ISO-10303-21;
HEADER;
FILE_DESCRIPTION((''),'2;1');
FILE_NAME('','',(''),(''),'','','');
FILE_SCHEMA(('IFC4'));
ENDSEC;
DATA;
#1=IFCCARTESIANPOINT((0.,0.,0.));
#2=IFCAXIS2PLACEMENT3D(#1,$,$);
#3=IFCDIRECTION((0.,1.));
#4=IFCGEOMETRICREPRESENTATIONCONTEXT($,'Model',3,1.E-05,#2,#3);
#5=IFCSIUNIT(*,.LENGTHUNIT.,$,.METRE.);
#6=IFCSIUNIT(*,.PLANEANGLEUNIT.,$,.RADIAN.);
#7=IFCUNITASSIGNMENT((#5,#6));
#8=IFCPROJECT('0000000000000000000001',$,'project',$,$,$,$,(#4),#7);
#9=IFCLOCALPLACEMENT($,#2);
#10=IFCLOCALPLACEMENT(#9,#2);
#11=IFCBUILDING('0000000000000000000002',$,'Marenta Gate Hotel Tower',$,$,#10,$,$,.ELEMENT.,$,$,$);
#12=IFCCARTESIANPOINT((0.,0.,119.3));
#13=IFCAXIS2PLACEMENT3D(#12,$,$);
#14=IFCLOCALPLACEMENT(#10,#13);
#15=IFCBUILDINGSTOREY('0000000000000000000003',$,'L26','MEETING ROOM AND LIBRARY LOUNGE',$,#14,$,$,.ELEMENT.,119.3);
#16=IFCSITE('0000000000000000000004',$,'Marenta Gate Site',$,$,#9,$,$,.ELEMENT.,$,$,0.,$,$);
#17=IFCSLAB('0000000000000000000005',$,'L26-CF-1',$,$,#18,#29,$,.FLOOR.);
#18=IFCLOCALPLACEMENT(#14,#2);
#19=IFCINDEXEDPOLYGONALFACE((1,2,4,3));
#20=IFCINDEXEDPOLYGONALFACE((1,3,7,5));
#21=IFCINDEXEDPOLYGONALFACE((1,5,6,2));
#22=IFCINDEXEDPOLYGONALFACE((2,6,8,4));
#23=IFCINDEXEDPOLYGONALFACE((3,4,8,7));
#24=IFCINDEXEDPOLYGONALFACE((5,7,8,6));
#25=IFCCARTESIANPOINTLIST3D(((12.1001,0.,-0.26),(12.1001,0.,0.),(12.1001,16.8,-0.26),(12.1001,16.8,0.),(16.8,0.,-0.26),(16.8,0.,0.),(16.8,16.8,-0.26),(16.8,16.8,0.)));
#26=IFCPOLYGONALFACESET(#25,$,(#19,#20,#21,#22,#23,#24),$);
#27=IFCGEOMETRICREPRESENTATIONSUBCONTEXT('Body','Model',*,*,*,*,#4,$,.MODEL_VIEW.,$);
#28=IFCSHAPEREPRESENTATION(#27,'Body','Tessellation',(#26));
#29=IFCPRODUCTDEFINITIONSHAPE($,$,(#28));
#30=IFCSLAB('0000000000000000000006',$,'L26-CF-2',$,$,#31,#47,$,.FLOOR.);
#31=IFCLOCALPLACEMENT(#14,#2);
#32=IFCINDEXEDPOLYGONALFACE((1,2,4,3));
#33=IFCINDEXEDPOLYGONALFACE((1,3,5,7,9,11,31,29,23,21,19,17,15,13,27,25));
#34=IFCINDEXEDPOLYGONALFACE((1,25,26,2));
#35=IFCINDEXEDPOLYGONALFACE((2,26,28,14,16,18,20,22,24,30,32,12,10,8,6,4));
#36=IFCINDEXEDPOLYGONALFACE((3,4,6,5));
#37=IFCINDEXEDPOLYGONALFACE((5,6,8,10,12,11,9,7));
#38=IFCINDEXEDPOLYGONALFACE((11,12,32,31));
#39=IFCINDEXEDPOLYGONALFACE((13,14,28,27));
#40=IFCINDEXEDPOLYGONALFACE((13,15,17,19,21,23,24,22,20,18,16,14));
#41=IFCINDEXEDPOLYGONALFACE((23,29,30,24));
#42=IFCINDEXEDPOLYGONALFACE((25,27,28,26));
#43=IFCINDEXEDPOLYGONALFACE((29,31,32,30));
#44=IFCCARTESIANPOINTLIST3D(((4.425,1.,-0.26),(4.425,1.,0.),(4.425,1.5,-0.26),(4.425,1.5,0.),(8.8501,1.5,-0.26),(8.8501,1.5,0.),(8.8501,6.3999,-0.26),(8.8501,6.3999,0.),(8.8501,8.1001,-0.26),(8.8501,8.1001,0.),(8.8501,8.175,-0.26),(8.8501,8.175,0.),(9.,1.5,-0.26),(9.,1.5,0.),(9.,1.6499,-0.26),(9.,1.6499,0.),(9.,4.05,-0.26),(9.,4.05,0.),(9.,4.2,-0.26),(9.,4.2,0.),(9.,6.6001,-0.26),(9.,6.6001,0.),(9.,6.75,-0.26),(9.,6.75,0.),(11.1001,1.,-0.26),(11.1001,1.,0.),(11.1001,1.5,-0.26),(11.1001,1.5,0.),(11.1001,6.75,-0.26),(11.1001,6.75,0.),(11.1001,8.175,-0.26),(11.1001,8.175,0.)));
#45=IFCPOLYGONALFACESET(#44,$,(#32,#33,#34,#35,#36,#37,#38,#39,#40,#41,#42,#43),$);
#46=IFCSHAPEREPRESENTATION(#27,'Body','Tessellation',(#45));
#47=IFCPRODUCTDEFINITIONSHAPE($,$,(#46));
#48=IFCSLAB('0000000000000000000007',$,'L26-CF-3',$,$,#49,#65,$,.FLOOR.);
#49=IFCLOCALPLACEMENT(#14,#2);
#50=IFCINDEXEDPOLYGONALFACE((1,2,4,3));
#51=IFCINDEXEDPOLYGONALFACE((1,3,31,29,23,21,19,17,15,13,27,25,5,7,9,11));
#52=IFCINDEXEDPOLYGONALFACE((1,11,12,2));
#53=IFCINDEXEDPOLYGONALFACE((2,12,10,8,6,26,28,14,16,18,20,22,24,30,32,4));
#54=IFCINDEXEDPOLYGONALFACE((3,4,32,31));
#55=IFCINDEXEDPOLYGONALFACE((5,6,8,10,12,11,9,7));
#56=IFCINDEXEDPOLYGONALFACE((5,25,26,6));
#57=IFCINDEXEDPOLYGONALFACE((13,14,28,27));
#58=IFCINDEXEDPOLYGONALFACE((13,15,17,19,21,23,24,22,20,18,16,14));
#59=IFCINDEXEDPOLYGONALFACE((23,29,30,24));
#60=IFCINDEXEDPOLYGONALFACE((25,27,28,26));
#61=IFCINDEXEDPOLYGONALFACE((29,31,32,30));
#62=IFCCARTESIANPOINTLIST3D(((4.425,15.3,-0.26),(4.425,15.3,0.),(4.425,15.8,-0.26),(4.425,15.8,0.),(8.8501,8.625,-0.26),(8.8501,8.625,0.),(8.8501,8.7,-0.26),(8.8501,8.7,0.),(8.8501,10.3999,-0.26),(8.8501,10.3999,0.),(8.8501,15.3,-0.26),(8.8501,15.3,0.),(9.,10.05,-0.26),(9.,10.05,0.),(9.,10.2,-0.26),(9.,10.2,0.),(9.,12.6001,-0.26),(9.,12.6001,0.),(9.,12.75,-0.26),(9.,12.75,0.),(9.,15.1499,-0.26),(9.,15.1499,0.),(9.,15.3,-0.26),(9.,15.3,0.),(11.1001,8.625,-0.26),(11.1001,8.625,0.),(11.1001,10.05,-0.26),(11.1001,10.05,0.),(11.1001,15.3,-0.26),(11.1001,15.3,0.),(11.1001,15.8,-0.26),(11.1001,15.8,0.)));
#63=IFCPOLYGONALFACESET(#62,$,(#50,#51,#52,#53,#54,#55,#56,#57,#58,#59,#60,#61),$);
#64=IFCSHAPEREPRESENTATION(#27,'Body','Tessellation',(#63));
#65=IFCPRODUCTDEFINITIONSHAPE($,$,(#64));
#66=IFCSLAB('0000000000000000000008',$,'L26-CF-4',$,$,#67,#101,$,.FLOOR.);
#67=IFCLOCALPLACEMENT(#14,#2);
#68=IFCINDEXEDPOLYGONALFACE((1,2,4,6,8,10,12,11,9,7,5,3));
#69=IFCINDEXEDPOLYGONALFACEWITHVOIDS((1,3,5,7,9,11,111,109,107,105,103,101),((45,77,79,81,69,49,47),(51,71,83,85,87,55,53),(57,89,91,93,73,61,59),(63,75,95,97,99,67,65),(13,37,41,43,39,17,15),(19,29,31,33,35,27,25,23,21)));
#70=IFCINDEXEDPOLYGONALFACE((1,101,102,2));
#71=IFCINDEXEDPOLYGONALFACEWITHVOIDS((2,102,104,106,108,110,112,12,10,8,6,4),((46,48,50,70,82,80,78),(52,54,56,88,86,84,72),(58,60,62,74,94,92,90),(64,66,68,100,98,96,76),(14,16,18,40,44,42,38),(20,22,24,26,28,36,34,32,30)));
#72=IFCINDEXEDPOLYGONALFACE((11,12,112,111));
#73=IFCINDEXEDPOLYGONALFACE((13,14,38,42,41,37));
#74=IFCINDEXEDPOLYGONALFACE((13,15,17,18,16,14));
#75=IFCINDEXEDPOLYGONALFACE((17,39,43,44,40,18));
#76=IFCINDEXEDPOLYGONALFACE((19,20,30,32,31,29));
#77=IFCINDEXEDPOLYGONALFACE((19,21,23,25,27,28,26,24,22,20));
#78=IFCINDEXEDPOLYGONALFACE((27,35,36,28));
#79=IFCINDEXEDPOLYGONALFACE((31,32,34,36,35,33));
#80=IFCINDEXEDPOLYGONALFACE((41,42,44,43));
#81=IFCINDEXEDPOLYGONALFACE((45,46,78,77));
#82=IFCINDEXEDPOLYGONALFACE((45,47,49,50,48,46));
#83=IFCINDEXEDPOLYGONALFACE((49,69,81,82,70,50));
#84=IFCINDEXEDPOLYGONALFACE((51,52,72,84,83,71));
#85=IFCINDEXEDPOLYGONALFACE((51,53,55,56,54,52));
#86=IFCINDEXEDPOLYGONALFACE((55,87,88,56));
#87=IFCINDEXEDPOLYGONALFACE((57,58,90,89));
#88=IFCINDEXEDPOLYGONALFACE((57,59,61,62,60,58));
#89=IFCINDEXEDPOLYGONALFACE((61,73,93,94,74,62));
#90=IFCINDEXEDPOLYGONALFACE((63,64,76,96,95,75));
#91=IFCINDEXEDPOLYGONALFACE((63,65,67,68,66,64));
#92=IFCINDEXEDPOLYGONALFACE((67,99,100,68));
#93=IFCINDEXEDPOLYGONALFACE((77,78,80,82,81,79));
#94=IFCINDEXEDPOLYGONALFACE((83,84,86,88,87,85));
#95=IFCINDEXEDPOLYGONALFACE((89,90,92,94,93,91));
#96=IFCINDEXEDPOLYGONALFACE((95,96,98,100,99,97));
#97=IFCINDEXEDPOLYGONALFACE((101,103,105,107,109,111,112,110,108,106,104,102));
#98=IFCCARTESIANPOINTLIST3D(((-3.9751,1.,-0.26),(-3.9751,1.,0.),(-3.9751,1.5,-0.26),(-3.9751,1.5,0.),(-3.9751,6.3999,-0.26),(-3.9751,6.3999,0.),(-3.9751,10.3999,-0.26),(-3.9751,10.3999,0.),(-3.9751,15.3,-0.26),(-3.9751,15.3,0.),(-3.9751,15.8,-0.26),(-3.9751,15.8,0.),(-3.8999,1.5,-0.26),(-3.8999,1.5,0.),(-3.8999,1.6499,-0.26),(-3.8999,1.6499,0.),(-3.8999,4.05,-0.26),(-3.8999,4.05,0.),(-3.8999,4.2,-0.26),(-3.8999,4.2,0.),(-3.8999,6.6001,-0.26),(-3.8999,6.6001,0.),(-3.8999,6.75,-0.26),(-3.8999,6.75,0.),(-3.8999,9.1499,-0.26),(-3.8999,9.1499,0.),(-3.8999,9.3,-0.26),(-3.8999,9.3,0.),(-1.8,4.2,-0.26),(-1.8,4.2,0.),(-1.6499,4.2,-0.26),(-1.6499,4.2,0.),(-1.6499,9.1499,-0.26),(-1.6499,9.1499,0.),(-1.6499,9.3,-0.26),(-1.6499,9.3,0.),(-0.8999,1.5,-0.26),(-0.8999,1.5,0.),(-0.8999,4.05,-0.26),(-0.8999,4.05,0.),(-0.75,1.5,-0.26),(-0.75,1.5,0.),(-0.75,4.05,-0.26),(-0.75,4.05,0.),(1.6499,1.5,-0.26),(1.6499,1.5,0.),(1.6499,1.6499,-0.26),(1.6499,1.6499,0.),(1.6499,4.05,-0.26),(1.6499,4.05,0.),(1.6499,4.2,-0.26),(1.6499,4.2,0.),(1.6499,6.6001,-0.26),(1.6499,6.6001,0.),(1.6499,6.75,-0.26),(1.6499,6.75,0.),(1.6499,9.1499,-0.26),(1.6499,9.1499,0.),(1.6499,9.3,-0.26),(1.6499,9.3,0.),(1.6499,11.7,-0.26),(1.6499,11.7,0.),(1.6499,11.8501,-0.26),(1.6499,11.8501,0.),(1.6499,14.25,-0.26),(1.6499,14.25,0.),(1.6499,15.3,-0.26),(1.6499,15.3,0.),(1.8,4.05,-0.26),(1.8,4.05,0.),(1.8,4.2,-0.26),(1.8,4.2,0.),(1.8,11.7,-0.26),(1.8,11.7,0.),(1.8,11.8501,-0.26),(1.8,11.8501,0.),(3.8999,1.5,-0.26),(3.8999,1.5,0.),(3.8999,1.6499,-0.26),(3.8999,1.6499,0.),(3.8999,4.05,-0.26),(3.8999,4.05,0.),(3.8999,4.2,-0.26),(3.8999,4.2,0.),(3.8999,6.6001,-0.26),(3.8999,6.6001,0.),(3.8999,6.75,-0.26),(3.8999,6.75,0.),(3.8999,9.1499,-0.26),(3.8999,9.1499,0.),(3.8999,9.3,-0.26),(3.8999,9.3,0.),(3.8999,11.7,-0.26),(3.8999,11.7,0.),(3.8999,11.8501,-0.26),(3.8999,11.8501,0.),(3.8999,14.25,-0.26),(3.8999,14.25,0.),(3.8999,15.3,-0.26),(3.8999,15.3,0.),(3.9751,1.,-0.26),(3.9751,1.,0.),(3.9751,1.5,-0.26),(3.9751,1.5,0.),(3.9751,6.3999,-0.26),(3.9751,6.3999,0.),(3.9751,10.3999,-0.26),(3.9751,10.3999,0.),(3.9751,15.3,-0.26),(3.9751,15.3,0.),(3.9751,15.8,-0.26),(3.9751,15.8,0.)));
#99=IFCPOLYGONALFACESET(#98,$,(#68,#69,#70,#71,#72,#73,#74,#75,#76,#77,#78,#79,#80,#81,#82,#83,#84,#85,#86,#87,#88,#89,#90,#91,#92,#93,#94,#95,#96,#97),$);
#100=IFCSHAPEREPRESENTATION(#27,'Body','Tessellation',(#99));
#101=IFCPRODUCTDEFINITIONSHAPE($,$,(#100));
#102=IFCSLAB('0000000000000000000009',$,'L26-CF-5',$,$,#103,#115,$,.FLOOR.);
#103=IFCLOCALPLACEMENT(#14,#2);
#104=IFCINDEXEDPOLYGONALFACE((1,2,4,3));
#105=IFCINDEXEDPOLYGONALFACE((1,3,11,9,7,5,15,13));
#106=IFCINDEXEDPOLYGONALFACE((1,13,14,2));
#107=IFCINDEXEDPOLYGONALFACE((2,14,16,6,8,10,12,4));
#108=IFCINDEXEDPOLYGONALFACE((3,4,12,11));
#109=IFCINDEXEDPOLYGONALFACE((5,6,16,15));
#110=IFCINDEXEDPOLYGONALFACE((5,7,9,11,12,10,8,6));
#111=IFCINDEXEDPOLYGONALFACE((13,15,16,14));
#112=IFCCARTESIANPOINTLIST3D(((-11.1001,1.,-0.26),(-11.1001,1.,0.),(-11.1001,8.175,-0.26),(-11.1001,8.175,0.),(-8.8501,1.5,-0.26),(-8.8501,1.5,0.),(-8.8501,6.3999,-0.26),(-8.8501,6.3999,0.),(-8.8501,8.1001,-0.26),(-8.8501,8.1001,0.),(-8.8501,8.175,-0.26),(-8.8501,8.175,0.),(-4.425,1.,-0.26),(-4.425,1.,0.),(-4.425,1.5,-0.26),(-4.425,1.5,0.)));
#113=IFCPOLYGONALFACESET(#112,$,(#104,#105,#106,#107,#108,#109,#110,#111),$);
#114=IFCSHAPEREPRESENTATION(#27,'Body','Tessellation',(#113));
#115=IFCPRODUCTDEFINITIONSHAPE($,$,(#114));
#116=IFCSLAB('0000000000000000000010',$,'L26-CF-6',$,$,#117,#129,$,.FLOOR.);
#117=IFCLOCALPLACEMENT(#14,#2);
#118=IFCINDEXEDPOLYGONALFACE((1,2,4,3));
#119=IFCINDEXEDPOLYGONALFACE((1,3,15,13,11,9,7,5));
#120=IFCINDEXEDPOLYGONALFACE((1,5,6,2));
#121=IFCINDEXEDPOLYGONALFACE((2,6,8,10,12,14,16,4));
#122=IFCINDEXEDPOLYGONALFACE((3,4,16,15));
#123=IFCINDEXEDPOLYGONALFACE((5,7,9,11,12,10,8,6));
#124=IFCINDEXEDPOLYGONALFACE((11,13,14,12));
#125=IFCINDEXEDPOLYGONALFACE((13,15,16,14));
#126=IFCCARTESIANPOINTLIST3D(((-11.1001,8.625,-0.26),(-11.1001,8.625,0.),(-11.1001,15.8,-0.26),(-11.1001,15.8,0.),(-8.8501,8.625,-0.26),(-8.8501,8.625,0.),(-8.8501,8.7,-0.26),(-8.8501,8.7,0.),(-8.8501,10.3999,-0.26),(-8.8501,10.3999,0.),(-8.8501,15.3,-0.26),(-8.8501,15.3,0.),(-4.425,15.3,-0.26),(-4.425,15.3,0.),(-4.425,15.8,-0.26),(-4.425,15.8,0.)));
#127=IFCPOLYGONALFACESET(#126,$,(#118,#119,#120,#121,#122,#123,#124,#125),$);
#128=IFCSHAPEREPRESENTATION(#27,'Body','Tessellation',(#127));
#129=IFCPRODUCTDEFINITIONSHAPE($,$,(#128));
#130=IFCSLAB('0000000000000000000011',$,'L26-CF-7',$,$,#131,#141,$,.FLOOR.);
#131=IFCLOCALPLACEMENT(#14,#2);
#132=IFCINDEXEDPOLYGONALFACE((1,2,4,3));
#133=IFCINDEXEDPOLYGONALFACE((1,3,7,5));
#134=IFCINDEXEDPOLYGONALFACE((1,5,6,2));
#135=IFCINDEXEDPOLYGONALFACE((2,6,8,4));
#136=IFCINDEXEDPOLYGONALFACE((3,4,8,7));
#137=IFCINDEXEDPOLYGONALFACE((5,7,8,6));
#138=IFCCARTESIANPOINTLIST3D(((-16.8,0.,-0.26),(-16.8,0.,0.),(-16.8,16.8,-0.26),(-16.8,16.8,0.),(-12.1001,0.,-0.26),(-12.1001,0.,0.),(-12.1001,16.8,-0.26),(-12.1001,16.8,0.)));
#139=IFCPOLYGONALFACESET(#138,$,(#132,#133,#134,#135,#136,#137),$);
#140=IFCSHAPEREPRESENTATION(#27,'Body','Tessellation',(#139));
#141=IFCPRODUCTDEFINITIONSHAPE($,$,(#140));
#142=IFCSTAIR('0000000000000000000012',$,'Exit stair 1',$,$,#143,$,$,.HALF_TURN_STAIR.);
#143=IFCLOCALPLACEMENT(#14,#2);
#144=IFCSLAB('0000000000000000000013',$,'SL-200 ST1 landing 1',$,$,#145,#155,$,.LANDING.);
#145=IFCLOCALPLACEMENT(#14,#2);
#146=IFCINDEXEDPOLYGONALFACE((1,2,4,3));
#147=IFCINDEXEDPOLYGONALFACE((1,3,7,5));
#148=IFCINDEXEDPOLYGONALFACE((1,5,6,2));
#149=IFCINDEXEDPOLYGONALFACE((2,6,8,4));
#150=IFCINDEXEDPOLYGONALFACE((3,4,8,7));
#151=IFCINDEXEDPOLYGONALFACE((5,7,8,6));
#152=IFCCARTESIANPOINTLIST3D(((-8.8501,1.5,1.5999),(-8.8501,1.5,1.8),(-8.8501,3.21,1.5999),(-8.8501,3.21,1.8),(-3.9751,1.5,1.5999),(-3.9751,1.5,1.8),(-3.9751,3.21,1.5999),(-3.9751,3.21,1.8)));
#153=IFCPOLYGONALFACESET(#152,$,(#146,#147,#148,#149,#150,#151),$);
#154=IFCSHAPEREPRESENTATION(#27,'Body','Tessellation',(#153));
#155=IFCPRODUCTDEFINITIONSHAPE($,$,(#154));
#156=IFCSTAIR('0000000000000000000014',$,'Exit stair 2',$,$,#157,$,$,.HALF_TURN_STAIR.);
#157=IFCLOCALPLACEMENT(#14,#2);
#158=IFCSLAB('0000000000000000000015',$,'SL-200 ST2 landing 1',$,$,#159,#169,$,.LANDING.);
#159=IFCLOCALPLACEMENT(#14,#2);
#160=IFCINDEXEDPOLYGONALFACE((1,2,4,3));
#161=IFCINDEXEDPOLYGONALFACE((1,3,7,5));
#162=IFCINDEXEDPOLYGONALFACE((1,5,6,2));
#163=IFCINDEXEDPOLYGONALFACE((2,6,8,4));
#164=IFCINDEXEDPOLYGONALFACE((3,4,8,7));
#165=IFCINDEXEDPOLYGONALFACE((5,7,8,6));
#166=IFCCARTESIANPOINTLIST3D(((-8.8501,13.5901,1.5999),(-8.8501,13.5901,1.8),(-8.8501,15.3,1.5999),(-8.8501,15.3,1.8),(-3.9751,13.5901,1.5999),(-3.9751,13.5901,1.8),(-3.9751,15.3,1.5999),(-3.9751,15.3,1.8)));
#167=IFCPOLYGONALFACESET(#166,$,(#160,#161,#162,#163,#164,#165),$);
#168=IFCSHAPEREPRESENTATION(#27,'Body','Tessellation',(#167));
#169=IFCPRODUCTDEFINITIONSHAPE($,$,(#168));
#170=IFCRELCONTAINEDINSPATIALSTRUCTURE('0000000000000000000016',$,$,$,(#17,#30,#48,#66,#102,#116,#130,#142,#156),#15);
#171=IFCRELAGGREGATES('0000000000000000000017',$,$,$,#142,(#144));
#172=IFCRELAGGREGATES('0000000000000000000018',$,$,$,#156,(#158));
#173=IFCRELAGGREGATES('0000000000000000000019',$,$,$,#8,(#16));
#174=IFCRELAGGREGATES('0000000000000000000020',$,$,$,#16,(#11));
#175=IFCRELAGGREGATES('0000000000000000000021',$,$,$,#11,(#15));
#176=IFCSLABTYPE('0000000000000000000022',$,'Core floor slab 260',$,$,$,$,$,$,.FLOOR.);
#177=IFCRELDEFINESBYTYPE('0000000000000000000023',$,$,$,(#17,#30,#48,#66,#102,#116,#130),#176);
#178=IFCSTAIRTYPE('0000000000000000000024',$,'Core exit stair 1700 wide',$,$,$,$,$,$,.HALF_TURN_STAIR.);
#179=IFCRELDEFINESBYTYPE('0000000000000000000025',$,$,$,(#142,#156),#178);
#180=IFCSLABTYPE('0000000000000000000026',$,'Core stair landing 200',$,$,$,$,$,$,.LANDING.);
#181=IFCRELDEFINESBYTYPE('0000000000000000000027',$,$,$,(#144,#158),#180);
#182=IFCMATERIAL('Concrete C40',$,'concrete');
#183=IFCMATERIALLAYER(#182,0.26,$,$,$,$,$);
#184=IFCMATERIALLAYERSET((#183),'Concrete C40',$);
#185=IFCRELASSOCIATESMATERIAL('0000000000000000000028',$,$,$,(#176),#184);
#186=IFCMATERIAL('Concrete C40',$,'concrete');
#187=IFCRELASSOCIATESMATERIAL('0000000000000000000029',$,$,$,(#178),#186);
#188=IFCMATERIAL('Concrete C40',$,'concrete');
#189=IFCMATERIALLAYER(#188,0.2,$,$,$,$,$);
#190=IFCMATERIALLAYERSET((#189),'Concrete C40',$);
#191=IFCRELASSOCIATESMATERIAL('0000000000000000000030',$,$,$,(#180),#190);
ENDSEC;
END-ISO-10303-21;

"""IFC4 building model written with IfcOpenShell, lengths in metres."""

from ifc_helpers import new_model, si_unit, direction, frame, origin, place, context, subcontext, project, spatial, polyline, outline, extrude, material, layer, layer_set, type_object, element, aggregate, save


model = new_model("IFC4")

# Units and contexts
model_context = context("Model", 3, precision=1e-05, world=origin(), true_north=direction((0.0, 1.0)))
body_context = subcontext(model_context, "Body", "Model", "MODEL_VIEW")
ifc_project = project(units=[si_unit("LENGTHUNIT", "METRE"), si_unit("PLANEANGLEUNIT", "RADIAN")], contexts=[model_context])

# Site, building, storey
site_placement = place(None, origin())
site = spatial("IfcSite", under=ifc_project, at=site_placement, Name="Marenta Gate Site", CompositionType="ELEMENT", RefElevation=0.0)
building_placement = place(site_placement, origin())
building = spatial("IfcBuilding", under=site, at=building_placement, Name="Marenta Gate Hotel Tower", CompositionType="ELEMENT")
storey_placement = place(building_placement, frame((0.0, 0.0, 119.3)))
storey = spatial("IfcBuildingStorey", under=building, at=storey_placement, Name="L26", Description="MEETING ROOM AND LIBRARY LOUNGE", CompositionType="ELEMENT", Elevation=119.3)

# Slabs
ifc_material_1 = material(Name="Concrete C40", Category="concrete")
ifc_layer_1 = layer(ifc_material_1, 0.26)
ifc_layer_set_1 = layer_set([ifc_layer_1], Name="Concrete C40")
slab_type_1 = type_object("IfcSlabType", Name="Core floor slab 260", PredefinedType="FLOOR", material=ifc_layer_set_1)
slab_1_placement = place(storey_placement, frame((0.0, 0.0, -0.26)))
element("IfcSlab", 1, at=slab_1_placement, inside=storey, type_object=slab_type_1, Name="L26-CF-1", PredefinedType="FLOOR", context=body_context, shape_type="SweptSolid", body=[
    extrude(outline(polyline([(12.1001, 0.0), (12.1001, 16.8), (16.8, 16.8), (16.8, 0.0), (12.1001, 0.0)])), origin(), (0.0, 0.0, 1.0), 0.26),
])
slab_2_placement = place(storey_placement, frame((0.0, 0.0, -0.26)))
element("IfcSlab", 2, at=slab_2_placement, inside=storey, type_object=slab_type_1, Name="L26-CF-2", PredefinedType="FLOOR", context=body_context, shape_type="SweptSolid", body=[
    extrude(outline(polyline([(8.8501, 1.5), (8.8501, 6.3999), (8.8501, 8.1001), (8.8501, 8.175), (11.1001, 8.175), (11.1001, 6.75), (9.0, 6.75), (9.0, 6.6001), (9.0, 4.2), (9.0, 4.05), (9.0, 1.6499), (9.0, 1.5), (11.1001, 1.5), (11.1001, 1.0), (4.425, 1.0), (4.425, 1.5), (8.8501, 1.5)])), origin(), (0.0, 0.0, 1.0), 0.26),
])
slab_3_placement = place(storey_placement, frame((0.0, 0.0, -0.26)))
element("IfcSlab", 3, at=slab_3_placement, inside=storey, type_object=slab_type_1, Name="L26-CF-3", PredefinedType="FLOOR", context=body_context, shape_type="SweptSolid", body=[
    extrude(outline(polyline([(8.8501, 15.3), (4.425, 15.3), (4.425, 15.8), (11.1001, 15.8), (11.1001, 15.3), (9.0, 15.3), (9.0, 15.1499), (9.0, 12.75), (9.0, 12.6001), (9.0, 10.2), (9.0, 10.05), (11.1001, 10.05), (11.1001, 8.625), (8.8501, 8.625), (8.8501, 8.7), (8.8501, 10.3999), (8.8501, 15.3)])), origin(), (0.0, 0.0, 1.0), 0.26),
])
slab_4_placement = place(storey_placement, frame((0.0, 0.0, -0.26)))
element("IfcSlab", 4, at=slab_4_placement, inside=storey, type_object=slab_type_1, Name="L26-CF-4", PredefinedType="FLOOR", context=body_context, shape_type="SweptSolid", body=[
    extrude(outline(polyline([(3.9751, 15.3), (3.9751, 10.3999), (3.9751, 6.3999), (3.9751, 1.5), (3.9751, 1.0), (-3.9751, 1.0), (-3.9751, 1.5), (-3.9751, 6.3999), (-3.9751, 10.3999), (-3.9751, 15.3), (-3.9751, 15.8), (3.9751, 15.8), (3.9751, 15.3)]), holes=[polyline([(1.6499, 1.5), (3.8999, 1.5), (3.8999, 1.6499), (3.8999, 4.05), (1.8, 4.05), (1.6499, 4.05), (1.6499, 1.6499), (1.6499, 1.5)]), polyline([(1.6499, 6.6001), (1.6499, 4.2), (1.8, 4.2), (3.8999, 4.2), (3.8999, 6.6001), (3.8999, 6.75), (1.6499, 6.75), (1.6499, 6.6001)]), polyline([(1.6499, 9.1499), (3.8999, 9.1499), (3.8999, 9.3), (3.8999, 11.7), (1.8, 11.7), (1.6499, 11.7), (1.6499, 9.3), (1.6499, 9.1499)]), polyline([(1.6499, 15.3), (1.6499, 14.25), (1.6499, 11.8501), (1.8, 11.8501), (3.8999, 11.8501), (3.8999, 14.25), (3.8999, 15.3), (1.6499, 15.3)]), polyline([(-3.8999, 4.05), (-3.8999, 1.6499), (-3.8999, 1.5), (-0.8999, 1.5), (-0.75, 1.5), (-0.75, 4.05), (-0.8999, 4.05), (-3.8999, 4.05)]), polyline([(-1.8, 4.2), (-1.6499, 4.2), (-1.6499, 9.1499), (-1.6499, 9.3), (-3.8999, 9.3), (-3.8999, 9.1499), (-3.8999, 6.75), (-3.8999, 6.6001), (-3.8999, 4.2), (-1.8, 4.2)])]), origin(), (0.0, 0.0, 1.0), 0.26),
])
slab_5_placement = place(storey_placement, frame((0.0, 0.0, -0.26)))
element("IfcSlab", 5, at=slab_5_placement, inside=storey, type_object=slab_type_1, Name="L26-CF-5", PredefinedType="FLOOR", context=body_context, shape_type="SweptSolid", body=[
    extrude(outline(polyline([(-8.8501, 8.175), (-8.8501, 8.1001), (-8.8501, 6.3999), (-8.8501, 1.5), (-4.425, 1.5), (-4.425, 1.0), (-11.1001, 1.0), (-11.1001, 8.175), (-8.8501, 8.175)])), origin(), (0.0, 0.0, 1.0), 0.26),
])
slab_6_placement = place(storey_placement, frame((0.0, 0.0, -0.26)))
element("IfcSlab", 6, at=slab_6_placement, inside=storey, type_object=slab_type_1, Name="L26-CF-6", PredefinedType="FLOOR", context=body_context, shape_type="SweptSolid", body=[
    extrude(outline(polyline([(-4.425, 15.3), (-8.8501, 15.3), (-8.8501, 10.3999), (-8.8501, 8.7), (-8.8501, 8.625), (-11.1001, 8.625), (-11.1001, 15.8), (-4.425, 15.8), (-4.425, 15.3)])), origin(), (0.0, 0.0, 1.0), 0.26),
])
slab_7_placement = place(storey_placement, frame((0.0, 0.0, -0.26)))
element("IfcSlab", 7, at=slab_7_placement, inside=storey, type_object=slab_type_1, Name="L26-CF-7", PredefinedType="FLOOR", context=body_context, shape_type="SweptSolid", body=[
    extrude(outline(polyline([(-12.1001, 16.8), (-12.1001, 0.0), (-16.8, 0.0), (-16.8, 16.8), (-12.1001, 16.8)])), origin(), (0.0, 0.0, 1.0), 0.26),
])

# Stairs, slabs
ifc_material_2 = material(Name="Concrete C40", Category="concrete")
stair_type_1 = type_object("IfcStairType", Name="Core exit stair 1700 wide", PredefinedType="HALF_TURN_STAIR", material=ifc_material_2)
stair_1_placement = place(storey_placement, origin())
stair_1 = element("IfcStair", 8, at=stair_1_placement, inside=storey, type_object=stair_type_1, Name="Exit stair 1", PredefinedType="HALF_TURN_STAIR")
ifc_material_3 = material(Name="Concrete C40", Category="concrete")
ifc_layer_2 = layer(ifc_material_3, 0.2)
ifc_layer_set_2 = layer_set([ifc_layer_2], Name="Concrete C40")
slab_type_2 = type_object("IfcSlabType", Name="Core stair landing 200", PredefinedType="LANDING", material=ifc_layer_set_2)
slab_8_placement = place(storey_placement, frame((0.0, 0.0, 1.5999)))
slab_8 = element("IfcSlab", 9, at=slab_8_placement, type_object=slab_type_2, Name="SL-200 ST1 landing 1", PredefinedType="LANDING", context=body_context, shape_type="SweptSolid", body=[
    extrude(outline(polyline([(-8.8501, 1.5), (-3.9751, 1.5), (-3.9751, 3.21), (-8.8501, 3.21), (-8.8501, 1.5)])), origin(), (0.0, 0.0, 1.0), 0.2002),
])
aggregate(stair_1, [slab_8])
stair_2_placement = place(storey_placement, origin())
stair_2 = element("IfcStair", 10, at=stair_2_placement, inside=storey, type_object=stair_type_1, Name="Exit stair 2", PredefinedType="HALF_TURN_STAIR")
slab_9_placement = place(storey_placement, frame((0.0, 0.0, 1.5999)))
slab_9 = element("IfcSlab", 11, at=slab_9_placement, type_object=slab_type_2, Name="SL-200 ST2 landing 1", PredefinedType="LANDING", context=body_context, shape_type="SweptSolid", body=[
    extrude(outline(polyline([(-8.8501, 13.5901), (-3.9751, 13.5901), (-3.9751, 15.3), (-8.8501, 15.3), (-8.8501, 13.5901)])), origin(), (0.0, 0.0, 1.0), 0.2002),
])
aggregate(stair_2, [slab_9])

save(model, "model.ifc")
